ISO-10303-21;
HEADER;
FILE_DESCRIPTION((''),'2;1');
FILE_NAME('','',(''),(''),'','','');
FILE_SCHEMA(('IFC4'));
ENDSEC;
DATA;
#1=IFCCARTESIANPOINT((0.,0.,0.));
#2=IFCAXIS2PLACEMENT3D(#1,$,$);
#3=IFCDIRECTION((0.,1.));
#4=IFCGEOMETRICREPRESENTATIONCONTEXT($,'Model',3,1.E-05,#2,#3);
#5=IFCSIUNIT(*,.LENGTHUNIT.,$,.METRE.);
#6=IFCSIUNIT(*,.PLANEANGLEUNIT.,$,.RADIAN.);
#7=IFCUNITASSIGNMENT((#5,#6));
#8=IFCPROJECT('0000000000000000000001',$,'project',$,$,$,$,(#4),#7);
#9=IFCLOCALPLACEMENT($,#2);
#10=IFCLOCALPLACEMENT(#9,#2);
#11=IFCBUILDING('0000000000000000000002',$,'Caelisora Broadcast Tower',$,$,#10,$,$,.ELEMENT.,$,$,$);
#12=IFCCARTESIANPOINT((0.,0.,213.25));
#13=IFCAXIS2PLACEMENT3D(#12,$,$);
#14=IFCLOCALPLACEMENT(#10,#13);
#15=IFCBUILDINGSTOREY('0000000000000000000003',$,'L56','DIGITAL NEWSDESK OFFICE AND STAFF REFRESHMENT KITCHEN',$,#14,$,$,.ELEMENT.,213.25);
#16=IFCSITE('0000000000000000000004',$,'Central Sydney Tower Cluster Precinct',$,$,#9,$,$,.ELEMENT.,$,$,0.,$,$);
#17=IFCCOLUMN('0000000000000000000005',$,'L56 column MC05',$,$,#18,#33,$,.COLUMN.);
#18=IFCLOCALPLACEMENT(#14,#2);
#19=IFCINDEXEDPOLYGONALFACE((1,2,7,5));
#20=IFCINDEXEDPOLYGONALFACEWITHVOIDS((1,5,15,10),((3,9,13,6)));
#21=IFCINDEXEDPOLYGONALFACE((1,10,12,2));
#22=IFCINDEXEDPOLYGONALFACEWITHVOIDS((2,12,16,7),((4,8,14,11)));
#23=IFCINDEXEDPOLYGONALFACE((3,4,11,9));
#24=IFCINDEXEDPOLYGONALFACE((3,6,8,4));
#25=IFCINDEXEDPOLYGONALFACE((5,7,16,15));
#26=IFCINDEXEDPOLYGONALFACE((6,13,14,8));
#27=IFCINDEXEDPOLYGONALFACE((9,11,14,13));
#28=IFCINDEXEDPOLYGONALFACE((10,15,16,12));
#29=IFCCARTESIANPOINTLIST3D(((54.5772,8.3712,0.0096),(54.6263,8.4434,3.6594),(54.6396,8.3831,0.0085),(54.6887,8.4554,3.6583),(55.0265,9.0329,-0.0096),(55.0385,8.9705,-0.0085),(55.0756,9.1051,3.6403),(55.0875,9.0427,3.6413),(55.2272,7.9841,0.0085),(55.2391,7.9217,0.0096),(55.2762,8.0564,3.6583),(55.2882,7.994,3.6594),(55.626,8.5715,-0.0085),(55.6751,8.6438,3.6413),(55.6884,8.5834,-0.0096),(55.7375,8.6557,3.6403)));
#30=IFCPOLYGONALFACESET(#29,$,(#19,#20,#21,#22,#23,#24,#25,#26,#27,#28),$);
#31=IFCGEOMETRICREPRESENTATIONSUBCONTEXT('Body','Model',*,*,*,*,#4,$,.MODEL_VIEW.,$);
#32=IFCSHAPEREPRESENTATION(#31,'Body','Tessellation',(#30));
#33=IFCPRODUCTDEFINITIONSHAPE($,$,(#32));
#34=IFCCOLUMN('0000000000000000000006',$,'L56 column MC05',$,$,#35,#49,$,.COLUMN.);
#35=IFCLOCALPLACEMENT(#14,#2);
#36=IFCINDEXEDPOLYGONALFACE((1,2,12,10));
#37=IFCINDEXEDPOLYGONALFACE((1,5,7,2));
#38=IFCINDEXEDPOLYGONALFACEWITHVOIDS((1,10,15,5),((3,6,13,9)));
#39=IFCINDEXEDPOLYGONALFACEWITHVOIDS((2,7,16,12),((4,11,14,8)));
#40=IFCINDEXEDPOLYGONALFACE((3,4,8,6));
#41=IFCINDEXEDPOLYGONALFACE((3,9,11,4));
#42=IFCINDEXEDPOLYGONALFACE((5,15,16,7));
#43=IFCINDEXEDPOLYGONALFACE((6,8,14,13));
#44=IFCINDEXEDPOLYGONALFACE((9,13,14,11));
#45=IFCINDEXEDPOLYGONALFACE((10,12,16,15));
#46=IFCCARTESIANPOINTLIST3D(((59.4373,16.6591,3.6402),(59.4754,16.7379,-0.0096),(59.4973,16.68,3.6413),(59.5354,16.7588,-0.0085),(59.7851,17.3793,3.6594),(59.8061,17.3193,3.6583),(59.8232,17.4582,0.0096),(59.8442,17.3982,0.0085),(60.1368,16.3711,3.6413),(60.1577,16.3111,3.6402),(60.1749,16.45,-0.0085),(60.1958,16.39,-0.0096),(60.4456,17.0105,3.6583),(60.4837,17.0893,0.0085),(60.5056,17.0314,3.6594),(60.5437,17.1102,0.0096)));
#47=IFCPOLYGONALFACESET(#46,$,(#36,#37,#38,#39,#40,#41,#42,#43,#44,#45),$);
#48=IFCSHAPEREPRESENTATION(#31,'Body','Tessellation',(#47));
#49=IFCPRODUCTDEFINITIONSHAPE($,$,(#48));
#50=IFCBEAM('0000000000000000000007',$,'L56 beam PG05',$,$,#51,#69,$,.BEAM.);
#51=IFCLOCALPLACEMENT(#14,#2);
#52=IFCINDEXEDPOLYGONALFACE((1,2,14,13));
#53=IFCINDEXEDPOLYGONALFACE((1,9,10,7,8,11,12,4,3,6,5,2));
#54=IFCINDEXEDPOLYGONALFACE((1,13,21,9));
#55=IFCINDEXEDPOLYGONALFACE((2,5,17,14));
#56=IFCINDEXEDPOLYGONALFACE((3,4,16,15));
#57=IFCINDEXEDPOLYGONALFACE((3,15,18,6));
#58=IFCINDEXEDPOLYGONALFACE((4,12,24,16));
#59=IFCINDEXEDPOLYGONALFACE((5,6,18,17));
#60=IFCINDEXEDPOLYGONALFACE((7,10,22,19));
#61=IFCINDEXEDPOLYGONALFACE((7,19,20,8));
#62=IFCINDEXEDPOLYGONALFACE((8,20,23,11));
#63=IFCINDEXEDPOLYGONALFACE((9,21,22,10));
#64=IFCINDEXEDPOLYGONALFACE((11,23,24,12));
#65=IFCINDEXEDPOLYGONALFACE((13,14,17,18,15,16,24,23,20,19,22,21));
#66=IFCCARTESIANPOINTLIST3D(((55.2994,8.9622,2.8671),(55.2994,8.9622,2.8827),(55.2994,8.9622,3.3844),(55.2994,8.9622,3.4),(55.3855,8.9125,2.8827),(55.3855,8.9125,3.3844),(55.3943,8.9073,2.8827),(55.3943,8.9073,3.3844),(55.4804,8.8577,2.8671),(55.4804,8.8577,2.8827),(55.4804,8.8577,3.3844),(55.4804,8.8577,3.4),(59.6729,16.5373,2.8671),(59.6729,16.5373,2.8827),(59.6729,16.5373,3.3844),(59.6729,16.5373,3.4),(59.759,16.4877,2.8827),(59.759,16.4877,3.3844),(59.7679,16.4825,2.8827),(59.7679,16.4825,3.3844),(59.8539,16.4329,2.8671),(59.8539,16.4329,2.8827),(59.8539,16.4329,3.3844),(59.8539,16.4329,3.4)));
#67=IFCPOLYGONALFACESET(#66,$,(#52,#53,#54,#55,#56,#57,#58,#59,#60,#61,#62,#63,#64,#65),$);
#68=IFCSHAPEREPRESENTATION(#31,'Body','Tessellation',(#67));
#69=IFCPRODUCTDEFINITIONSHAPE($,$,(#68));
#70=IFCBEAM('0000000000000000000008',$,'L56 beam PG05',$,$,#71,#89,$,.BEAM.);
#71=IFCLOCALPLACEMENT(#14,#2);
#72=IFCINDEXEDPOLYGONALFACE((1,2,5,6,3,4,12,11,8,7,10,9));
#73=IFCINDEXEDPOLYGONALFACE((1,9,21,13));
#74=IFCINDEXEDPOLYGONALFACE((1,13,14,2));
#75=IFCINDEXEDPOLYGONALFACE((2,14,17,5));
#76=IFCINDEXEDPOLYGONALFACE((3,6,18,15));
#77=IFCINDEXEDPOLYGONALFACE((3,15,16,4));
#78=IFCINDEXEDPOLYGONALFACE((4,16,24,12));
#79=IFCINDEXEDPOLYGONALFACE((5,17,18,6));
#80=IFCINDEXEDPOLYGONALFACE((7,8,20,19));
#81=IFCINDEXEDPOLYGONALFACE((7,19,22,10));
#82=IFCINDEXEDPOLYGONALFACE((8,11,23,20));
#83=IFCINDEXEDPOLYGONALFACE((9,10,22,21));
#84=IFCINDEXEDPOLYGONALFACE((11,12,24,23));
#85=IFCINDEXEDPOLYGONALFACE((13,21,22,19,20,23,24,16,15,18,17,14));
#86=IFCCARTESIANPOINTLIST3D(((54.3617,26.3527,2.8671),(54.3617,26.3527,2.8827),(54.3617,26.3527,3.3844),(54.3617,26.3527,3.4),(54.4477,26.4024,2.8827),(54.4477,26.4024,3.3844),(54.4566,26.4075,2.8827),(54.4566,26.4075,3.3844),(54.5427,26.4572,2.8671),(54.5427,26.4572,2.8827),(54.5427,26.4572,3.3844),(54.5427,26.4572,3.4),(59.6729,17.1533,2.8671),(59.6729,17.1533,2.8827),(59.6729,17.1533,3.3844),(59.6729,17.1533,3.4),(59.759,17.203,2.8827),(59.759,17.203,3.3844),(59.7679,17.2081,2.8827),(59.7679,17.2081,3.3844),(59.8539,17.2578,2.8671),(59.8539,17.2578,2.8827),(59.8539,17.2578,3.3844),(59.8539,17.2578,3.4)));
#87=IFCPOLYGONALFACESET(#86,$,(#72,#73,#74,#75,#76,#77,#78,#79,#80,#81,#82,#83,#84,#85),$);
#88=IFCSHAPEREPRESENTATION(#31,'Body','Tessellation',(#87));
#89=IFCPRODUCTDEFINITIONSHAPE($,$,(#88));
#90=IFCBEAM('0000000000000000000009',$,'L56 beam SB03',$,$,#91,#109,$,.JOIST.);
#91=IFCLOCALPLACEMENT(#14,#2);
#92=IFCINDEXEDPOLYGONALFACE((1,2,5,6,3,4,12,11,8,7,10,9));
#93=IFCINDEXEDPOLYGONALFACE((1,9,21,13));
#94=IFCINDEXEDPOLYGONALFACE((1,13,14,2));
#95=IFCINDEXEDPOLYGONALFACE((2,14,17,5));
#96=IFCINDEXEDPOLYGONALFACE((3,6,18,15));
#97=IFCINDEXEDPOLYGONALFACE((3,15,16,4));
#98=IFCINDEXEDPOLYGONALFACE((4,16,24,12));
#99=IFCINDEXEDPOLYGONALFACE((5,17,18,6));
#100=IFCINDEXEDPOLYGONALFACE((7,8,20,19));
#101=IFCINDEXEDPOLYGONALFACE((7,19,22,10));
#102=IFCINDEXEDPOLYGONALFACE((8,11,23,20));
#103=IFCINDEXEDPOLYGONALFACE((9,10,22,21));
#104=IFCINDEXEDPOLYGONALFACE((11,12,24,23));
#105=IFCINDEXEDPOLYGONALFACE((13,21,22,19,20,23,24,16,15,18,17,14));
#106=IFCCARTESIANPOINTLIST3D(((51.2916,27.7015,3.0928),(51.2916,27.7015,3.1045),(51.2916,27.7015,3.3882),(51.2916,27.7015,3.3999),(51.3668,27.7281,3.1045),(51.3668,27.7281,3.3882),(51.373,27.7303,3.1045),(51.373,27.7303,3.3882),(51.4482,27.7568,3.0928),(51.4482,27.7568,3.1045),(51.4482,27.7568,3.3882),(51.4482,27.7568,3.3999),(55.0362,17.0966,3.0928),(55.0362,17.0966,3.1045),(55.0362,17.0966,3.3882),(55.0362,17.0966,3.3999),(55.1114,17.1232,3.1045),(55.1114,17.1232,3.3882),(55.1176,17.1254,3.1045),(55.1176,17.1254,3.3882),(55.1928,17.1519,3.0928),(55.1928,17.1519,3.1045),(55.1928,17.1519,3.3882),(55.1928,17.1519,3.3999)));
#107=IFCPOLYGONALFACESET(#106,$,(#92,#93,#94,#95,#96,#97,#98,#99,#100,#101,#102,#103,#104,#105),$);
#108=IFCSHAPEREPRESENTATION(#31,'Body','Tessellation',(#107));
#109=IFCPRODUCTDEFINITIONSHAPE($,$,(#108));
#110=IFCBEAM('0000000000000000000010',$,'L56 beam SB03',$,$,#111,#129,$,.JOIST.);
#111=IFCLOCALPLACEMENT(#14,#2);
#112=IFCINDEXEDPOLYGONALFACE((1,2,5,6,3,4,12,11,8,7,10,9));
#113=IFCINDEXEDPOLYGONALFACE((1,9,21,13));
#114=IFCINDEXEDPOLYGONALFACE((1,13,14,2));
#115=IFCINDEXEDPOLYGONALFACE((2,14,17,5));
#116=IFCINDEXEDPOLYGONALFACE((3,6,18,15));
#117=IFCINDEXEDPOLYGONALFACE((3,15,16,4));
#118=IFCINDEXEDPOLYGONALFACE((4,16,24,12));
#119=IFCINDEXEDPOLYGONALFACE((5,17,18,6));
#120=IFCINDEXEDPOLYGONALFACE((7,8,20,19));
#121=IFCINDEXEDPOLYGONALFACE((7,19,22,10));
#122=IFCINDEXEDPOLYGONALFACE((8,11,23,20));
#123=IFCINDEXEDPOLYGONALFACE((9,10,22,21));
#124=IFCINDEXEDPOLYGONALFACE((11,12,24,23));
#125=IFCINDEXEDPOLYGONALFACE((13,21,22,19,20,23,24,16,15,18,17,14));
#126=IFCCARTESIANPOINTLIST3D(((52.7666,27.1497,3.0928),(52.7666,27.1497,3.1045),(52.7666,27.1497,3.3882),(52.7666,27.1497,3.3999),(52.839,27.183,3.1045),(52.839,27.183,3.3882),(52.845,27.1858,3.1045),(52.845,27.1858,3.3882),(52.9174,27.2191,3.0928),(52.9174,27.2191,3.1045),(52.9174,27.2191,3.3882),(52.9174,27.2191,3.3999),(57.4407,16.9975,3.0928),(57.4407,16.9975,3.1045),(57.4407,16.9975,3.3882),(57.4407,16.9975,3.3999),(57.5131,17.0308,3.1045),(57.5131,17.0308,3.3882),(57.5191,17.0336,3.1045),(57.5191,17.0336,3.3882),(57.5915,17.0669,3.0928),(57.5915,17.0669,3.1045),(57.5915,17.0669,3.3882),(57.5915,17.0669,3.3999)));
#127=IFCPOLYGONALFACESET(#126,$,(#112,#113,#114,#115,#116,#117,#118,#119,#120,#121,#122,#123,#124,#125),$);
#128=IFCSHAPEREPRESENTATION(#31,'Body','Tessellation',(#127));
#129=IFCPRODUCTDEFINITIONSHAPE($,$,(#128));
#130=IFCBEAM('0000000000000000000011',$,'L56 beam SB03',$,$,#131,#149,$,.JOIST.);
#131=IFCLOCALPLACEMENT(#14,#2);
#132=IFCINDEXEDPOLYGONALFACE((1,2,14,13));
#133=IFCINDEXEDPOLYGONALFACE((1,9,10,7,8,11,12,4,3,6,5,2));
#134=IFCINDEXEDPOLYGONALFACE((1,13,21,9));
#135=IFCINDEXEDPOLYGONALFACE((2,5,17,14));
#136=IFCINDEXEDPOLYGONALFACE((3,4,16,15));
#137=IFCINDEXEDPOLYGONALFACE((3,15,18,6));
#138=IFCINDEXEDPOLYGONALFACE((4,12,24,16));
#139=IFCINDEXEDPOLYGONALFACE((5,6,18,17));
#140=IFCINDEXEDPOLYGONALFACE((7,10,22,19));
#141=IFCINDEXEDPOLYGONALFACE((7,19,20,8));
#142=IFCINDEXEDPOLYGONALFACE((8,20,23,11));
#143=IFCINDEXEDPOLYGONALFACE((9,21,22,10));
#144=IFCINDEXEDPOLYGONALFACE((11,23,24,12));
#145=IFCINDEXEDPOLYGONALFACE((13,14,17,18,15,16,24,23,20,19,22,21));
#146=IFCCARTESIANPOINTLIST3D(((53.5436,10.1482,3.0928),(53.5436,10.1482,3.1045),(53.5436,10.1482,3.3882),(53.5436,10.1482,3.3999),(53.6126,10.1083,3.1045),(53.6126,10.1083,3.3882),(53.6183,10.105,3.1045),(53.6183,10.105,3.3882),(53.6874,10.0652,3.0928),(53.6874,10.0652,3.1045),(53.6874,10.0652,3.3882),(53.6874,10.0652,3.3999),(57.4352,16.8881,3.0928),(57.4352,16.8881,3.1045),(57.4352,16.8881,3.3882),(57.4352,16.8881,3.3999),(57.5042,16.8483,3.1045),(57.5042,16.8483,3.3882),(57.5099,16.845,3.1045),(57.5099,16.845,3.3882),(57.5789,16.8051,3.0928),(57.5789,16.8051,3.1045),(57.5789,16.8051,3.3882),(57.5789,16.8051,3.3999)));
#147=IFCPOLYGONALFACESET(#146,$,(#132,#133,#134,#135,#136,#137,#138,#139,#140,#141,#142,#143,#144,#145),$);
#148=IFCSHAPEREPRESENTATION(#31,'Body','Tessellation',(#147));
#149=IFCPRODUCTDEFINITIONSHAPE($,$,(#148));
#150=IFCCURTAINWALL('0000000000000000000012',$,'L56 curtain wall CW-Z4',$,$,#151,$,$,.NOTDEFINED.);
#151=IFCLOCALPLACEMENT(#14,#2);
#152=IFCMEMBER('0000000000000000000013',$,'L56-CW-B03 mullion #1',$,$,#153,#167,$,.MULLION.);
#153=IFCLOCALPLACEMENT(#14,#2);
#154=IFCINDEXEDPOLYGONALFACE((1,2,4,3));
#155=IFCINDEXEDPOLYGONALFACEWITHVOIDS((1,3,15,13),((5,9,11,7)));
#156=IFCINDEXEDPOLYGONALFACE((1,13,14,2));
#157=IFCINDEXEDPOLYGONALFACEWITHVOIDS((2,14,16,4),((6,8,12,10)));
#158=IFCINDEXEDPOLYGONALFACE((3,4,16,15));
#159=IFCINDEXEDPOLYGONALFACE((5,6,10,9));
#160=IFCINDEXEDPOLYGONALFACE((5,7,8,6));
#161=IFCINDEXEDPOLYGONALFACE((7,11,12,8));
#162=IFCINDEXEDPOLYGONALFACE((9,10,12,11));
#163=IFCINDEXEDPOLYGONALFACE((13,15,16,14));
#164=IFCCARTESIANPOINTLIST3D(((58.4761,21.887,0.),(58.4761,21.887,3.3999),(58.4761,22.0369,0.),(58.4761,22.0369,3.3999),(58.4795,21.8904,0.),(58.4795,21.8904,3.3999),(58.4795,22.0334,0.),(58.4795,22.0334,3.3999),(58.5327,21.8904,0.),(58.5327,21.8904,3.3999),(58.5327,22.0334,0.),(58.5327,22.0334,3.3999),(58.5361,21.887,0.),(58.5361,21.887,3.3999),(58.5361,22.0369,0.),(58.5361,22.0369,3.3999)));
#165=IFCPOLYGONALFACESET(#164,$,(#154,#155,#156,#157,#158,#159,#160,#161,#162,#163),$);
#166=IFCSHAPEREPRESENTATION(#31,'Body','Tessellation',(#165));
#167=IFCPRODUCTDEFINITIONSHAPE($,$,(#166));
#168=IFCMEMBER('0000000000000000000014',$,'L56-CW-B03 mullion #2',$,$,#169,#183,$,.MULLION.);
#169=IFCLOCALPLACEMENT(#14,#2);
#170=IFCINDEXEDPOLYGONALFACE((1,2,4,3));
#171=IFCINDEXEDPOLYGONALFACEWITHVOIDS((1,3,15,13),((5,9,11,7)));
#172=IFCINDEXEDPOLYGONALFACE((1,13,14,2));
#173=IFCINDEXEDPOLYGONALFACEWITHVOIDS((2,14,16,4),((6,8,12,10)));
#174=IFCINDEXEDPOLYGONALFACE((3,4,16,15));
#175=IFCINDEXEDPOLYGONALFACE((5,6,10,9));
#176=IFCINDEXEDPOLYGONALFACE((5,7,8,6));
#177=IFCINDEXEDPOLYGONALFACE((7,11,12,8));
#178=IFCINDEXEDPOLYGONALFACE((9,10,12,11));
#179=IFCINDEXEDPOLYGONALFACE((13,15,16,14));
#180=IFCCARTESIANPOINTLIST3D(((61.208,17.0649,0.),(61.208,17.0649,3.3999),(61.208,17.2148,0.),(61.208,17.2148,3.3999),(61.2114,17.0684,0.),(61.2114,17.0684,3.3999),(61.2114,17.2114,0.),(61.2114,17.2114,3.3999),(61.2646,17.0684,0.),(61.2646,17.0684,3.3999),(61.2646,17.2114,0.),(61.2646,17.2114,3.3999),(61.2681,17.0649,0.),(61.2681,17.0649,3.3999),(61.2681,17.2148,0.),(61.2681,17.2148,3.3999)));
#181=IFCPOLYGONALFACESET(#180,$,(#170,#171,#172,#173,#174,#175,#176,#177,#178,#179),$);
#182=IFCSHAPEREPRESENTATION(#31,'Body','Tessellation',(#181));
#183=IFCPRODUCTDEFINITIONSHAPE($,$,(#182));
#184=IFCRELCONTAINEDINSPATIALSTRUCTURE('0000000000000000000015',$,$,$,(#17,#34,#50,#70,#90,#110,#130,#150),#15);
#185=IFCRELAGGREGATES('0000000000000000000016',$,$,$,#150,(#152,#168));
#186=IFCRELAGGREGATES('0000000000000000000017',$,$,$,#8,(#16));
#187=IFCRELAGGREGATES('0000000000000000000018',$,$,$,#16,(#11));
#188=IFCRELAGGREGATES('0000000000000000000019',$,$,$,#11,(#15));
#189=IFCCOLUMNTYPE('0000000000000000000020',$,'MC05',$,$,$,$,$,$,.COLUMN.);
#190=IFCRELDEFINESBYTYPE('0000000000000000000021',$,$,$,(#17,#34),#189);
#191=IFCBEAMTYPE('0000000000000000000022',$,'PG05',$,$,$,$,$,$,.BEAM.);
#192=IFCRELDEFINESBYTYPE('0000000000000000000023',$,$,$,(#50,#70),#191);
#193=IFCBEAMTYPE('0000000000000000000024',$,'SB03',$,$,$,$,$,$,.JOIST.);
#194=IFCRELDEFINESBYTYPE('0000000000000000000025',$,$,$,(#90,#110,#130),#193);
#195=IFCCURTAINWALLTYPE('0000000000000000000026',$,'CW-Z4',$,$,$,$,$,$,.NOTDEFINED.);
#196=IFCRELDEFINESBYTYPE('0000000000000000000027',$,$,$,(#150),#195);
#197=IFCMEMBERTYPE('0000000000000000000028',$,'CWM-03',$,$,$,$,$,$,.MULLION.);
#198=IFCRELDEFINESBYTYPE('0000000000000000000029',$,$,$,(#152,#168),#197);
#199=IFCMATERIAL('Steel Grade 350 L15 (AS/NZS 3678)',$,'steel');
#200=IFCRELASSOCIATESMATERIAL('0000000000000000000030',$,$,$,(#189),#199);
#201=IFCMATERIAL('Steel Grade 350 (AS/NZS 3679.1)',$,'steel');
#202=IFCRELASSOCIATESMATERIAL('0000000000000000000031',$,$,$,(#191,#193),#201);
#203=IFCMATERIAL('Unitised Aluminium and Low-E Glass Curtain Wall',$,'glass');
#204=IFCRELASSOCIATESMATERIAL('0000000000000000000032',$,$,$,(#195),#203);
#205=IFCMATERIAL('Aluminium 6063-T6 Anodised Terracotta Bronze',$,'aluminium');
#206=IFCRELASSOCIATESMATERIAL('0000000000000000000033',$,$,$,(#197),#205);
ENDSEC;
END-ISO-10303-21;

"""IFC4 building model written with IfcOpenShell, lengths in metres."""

from ifc_helpers import new_model, si_unit, direction, frame, origin, origin_2d, place, context, subcontext, project, spatial, hollow_rectangle, i_section, extrude, source, transform, mapped, material, material_profile, profile_set, type_object, type_shapes, element, aggregate, save


model = new_model("IFC4")

# Units and contexts
model_context = context("Model", 3, precision=1e-05, world=origin(), true_north=direction((0.0, 1.0)))
body_context = subcontext(model_context, "Body", "Model", "MODEL_VIEW")
ifc_project = project(units=[si_unit("LENGTHUNIT", "METRE"), si_unit("PLANEANGLEUNIT", "RADIAN")], contexts=[model_context])

# Site, building, storey
site_placement = place(None, origin())
site = spatial("IfcSite", under=ifc_project, at=site_placement, Name="Central Sydney Tower Cluster Precinct", CompositionType="ELEMENT", RefElevation=0.0)
building_placement = place(site_placement, origin())
building = spatial("IfcBuilding", under=site, at=building_placement, Name="Caelisora Broadcast Tower", CompositionType="ELEMENT")
storey_placement = place(building_placement, frame((0.0, 0.0, 213.25)))
storey = spatial("IfcBuildingStorey", under=building, at=storey_placement, Name="L56", Description="DIGITAL NEWSDESK OFFICE AND STAFF REFRESHMENT KITCHEN", CompositionType="ELEMENT", Elevation=213.25)

# Columns
ifc_material_1 = material(Name="Steel Grade 350 L15 (AS/NZS 3678)", Category="steel")
ifc_material_profile_1 = material_profile(ifc_material_1, hollow_rectangle(XDim=0.8, YDim=0.8, WallThickness=0.0449, at=origin_2d()), Name="Steel Grade 350 L15 (AS/NZS 3678)")
ifc_profile_set_1 = profile_set([ifc_material_profile_1], Name="Steel Grade 350 L15 (AS/NZS 3678)")
column_type = type_object("IfcColumnType", Name="MC05", PredefinedType="COLUMN", material=ifc_profile_set_1)
shared_shape_1 = source(origin(), body_context, "Body", "SweptSolid", [
    extrude(hollow_rectangle(XDim=0.8, YDim=0.8, WallThickness=0.0449, at=origin_2d()), origin(), (0.0, 0.0, 1.0), 3.6509),
])
type_shapes(column_type, [shared_shape_1])
for number, where, z_axis, x_axis, name in (
    (1, (55.1328, 8.4773, 0.0), (0.013441, 0.019794, 0.999714), (-0.82729, 0.561775, 0.0), "L56 column MC05"),
    (2, (60.0095, 16.9241, 0.0), (-0.010432, -0.021599, 0.999712), (0.900476, -0.434905, 0.0), "L56 column MC05"),
):
    element("IfcColumn", number, at=place(storey_placement, frame(where, z_axis=z_axis, x_axis=x_axis)), inside=storey, type_object=column_type, Name=name, PredefinedType="COLUMN", context=body_context, shape_type="MappedRepresentation", body=[
        mapped(shared_shape_1, transform((0.0, 0.0, 0.0), scale=1.0)),
    ])

# Beams
ifc_material_2 = material(Name="Steel Grade 350 (AS/NZS 3679.1)", Category="steel")
ifc_material_profile_2 = material_profile(ifc_material_2, i_section(OverallWidth=0.209, OverallDepth=0.533, WebThickness=0.0103, FlangeThickness=0.0156, at=origin_2d()), Name="Steel Grade 350 (AS/NZS 3679.1)")
ifc_profile_set_2 = profile_set([ifc_material_profile_2], Name="Steel Grade 350 (AS/NZS 3679.1)")
beam_type_1 = type_object("IfcBeamType", Name="PG05", PredefinedType="BEAM", material=ifc_profile_set_2)
shared_shape_2 = source(origin(), body_context, "Body", "SweptSolid", [
    extrude(i_section(OverallWidth=0.209, OverallDepth=0.533, WebThickness=0.0103, FlangeThickness=0.0156, at=origin_2d()), origin(), (0.0, 0.0, 1.0), 8.7471),
])
beam_1_placement = place(storey_placement, frame((55.3899, 8.9099, 3.1335), z_axis=(0.499999, 0.866026, 0.0), x_axis=(-0.866026, 0.499999, 0.0)))
element("IfcBeam", 3, at=beam_1_placement, inside=storey, type_object=beam_type_1, Name="L56 beam PG05", PredefinedType="BEAM", context=body_context, shape_type="MappedRepresentation", body=[
    mapped(shared_shape_2, transform((0.0, 0.0, 0.0), scale=1.0)),
])
shared_shape_3 = source(origin(), body_context, "Body", "SweptSolid", [
    extrude(i_section(OverallWidth=0.209, OverallDepth=0.533, WebThickness=0.0103, FlangeThickness=0.0156, at=origin_2d()), origin(), (0.0, 0.0, 1.0), 10.6226),
])
type_shapes(beam_type_1, [shared_shape_2, shared_shape_3])
beam_2_placement = place(storey_placement, frame((59.7634, 17.2056, 3.1335), z_axis=(-0.499998, 0.866027, 0.0), x_axis=(-0.866027, -0.499998, 0.0)))
element("IfcBeam", 4, at=beam_2_placement, inside=storey, type_object=beam_type_1, Name="L56 beam PG05", PredefinedType="BEAM", context=body_context, shape_type="MappedRepresentation", body=[
    mapped(shared_shape_3, transform((0.0, 0.0, 0.0), scale=1.0)),
])
ifc_material_profile_3 = material_profile(ifc_material_2, i_section(OverallWidth=0.166, OverallDepth=0.3071, WebThickness=0.0066, FlangeThickness=0.0117, at=origin_2d()), Name="Steel Grade 350 (AS/NZS 3679.1)")
ifc_profile_set_3 = profile_set([ifc_material_profile_3], Name="Steel Grade 350 (AS/NZS 3679.1)")
beam_type_2 = type_object("IfcBeamType", Name="SB03", PredefinedType="JOIST", material=ifc_profile_set_3)
shared_shape_4 = source(origin(), body_context, "Body", "SweptSolid", [
    extrude(i_section(OverallWidth=0.166, OverallDepth=0.3071, WebThickness=0.0066, FlangeThickness=0.0117, at=origin_2d()), origin(), (0.0, 0.0, 1.0), 11.2466),
])
beam_3_placement = place(storey_placement, frame((55.1145, 17.1243, 3.2463), z_axis=(-0.332954, 0.942943, 0.0), x_axis=(-0.942943, -0.332954, 0.0)))
element("IfcBeam", 5, at=beam_3_placement, inside=storey, type_object=beam_type_2, Name="L56 beam SB03", PredefinedType="JOIST", context=body_context, shape_type="MappedRepresentation", body=[
    mapped(shared_shape_4, transform((0.0, 0.0, 0.0), scale=1.0)),
])
shared_shape_5 = source(origin(), body_context, "Body", "SweptSolid", [
    extrude(i_section(OverallWidth=0.166, OverallDepth=0.3071, WebThickness=0.0066, FlangeThickness=0.0117, at=origin_2d()), origin(), (0.0, 0.0, 1.0), 11.1765),
])
beam_4_placement = place(storey_placement, frame((57.5161, 17.0322, 3.2463), z_axis=(-0.418209, 0.908351, 0.0), x_axis=(-0.908351, -0.418209, 0.0)))
element("IfcBeam", 6, at=beam_4_placement, inside=storey, type_object=beam_type_2, Name="L56 beam SB03", PredefinedType="JOIST", context=body_context, shape_type="MappedRepresentation", body=[
    mapped(shared_shape_5, transform((0.0, 0.0, 0.0), scale=1.0)),
])
shared_shape_6 = source(origin(), body_context, "Body", "SweptSolid", [
    extrude(i_section(OverallWidth=0.166, OverallDepth=0.3071, WebThickness=0.0066, FlangeThickness=0.0117, at=origin_2d()), origin(), (0.0, 0.0, 1.0), 7.7827),
])
type_shapes(beam_type_2, [shared_shape_4, shared_shape_5, shared_shape_6])
beam_5_placement = place(storey_placement, frame((53.6155, 10.1067, 3.2463), z_axis=(0.500026, 0.866011, 0.0), x_axis=(-0.866011, 0.500026, 0.0)))
element("IfcBeam", 7, at=beam_5_placement, inside=storey, type_object=beam_type_2, Name="L56 beam SB03", PredefinedType="JOIST", context=body_context, shape_type="MappedRepresentation", body=[
    mapped(shared_shape_6, transform((0.0, 0.0, 0.0), scale=1.0)),
])

# Curtain wall, members
ifc_material_3 = material(Name="Unitised Aluminium and Low-E Glass Curtain Wall", Category="glass")
curtain_wall_type = type_object("IfcCurtainWallType", Name="CW-Z4", PredefinedType="NOTDEFINED", material=ifc_material_3)
curtain_wall_1_placement = place(storey_placement, origin())
curtain_wall_1 = element("IfcCurtainWall", 8, at=curtain_wall_1_placement, inside=storey, type_object=curtain_wall_type, Name="L56 curtain wall CW-Z4", PredefinedType="NOTDEFINED")
ifc_material_4 = material(Name="Aluminium 6063-T6 Anodised Terracotta Bronze", Category="aluminium")
ifc_material_profile_4 = material_profile(ifc_material_4, hollow_rectangle(XDim=0.0601, YDim=0.1499, WallThickness=0.0034, at=origin_2d()), Name="Aluminium 6063-T6 Anodised Terracotta Bronze")
ifc_profile_set_4 = profile_set([ifc_material_profile_4], Name="Aluminium 6063-T6 Anodised Terracotta Bronze")
member_type_1 = type_object("IfcMemberType", Name="CWM-03", PredefinedType="MULLION", material=ifc_profile_set_4)
shared_shape_7 = source(origin(), body_context, "Body", "SweptSolid", [
    extrude(hollow_rectangle(XDim=0.0601, YDim=0.1499, WallThickness=0.0034, at=origin_2d()), origin(), (0.0, 0.0, 1.0), 3.3999),
])
type_shapes(member_type_1, [shared_shape_7])
member_1_placement = place(storey_placement, frame((58.5061, 21.9619, 0.0), z_axis=(0.0, 0.0, 1.0), x_axis=(1.0, 0.0, 0.0)))
member_1 = element("IfcMember", 9, at=member_1_placement, type_object=member_type_1, Name="L56-CW-B03 mullion #1", PredefinedType="MULLION", context=body_context, shape_type="MappedRepresentation", body=[
    mapped(shared_shape_7, transform((0.0, 0.0, 0.0), scale=1.0)),
])
member_2_placement = place(storey_placement, frame((61.238, 17.1399, 0.0), z_axis=(0.0, 0.0, 1.0), x_axis=(1.0, 0.0, 0.0)))
member_2 = element("IfcMember", 10, at=member_2_placement, type_object=member_type_1, Name="L56-CW-B03 mullion #2", PredefinedType="MULLION", context=body_context, shape_type="MappedRepresentation", body=[
    mapped(shared_shape_7, transform((0.0, 0.0, 0.0), scale=1.0)),
])

aggregate(curtain_wall_1, [member_1, member_2])

save(model, "model.ifc")
